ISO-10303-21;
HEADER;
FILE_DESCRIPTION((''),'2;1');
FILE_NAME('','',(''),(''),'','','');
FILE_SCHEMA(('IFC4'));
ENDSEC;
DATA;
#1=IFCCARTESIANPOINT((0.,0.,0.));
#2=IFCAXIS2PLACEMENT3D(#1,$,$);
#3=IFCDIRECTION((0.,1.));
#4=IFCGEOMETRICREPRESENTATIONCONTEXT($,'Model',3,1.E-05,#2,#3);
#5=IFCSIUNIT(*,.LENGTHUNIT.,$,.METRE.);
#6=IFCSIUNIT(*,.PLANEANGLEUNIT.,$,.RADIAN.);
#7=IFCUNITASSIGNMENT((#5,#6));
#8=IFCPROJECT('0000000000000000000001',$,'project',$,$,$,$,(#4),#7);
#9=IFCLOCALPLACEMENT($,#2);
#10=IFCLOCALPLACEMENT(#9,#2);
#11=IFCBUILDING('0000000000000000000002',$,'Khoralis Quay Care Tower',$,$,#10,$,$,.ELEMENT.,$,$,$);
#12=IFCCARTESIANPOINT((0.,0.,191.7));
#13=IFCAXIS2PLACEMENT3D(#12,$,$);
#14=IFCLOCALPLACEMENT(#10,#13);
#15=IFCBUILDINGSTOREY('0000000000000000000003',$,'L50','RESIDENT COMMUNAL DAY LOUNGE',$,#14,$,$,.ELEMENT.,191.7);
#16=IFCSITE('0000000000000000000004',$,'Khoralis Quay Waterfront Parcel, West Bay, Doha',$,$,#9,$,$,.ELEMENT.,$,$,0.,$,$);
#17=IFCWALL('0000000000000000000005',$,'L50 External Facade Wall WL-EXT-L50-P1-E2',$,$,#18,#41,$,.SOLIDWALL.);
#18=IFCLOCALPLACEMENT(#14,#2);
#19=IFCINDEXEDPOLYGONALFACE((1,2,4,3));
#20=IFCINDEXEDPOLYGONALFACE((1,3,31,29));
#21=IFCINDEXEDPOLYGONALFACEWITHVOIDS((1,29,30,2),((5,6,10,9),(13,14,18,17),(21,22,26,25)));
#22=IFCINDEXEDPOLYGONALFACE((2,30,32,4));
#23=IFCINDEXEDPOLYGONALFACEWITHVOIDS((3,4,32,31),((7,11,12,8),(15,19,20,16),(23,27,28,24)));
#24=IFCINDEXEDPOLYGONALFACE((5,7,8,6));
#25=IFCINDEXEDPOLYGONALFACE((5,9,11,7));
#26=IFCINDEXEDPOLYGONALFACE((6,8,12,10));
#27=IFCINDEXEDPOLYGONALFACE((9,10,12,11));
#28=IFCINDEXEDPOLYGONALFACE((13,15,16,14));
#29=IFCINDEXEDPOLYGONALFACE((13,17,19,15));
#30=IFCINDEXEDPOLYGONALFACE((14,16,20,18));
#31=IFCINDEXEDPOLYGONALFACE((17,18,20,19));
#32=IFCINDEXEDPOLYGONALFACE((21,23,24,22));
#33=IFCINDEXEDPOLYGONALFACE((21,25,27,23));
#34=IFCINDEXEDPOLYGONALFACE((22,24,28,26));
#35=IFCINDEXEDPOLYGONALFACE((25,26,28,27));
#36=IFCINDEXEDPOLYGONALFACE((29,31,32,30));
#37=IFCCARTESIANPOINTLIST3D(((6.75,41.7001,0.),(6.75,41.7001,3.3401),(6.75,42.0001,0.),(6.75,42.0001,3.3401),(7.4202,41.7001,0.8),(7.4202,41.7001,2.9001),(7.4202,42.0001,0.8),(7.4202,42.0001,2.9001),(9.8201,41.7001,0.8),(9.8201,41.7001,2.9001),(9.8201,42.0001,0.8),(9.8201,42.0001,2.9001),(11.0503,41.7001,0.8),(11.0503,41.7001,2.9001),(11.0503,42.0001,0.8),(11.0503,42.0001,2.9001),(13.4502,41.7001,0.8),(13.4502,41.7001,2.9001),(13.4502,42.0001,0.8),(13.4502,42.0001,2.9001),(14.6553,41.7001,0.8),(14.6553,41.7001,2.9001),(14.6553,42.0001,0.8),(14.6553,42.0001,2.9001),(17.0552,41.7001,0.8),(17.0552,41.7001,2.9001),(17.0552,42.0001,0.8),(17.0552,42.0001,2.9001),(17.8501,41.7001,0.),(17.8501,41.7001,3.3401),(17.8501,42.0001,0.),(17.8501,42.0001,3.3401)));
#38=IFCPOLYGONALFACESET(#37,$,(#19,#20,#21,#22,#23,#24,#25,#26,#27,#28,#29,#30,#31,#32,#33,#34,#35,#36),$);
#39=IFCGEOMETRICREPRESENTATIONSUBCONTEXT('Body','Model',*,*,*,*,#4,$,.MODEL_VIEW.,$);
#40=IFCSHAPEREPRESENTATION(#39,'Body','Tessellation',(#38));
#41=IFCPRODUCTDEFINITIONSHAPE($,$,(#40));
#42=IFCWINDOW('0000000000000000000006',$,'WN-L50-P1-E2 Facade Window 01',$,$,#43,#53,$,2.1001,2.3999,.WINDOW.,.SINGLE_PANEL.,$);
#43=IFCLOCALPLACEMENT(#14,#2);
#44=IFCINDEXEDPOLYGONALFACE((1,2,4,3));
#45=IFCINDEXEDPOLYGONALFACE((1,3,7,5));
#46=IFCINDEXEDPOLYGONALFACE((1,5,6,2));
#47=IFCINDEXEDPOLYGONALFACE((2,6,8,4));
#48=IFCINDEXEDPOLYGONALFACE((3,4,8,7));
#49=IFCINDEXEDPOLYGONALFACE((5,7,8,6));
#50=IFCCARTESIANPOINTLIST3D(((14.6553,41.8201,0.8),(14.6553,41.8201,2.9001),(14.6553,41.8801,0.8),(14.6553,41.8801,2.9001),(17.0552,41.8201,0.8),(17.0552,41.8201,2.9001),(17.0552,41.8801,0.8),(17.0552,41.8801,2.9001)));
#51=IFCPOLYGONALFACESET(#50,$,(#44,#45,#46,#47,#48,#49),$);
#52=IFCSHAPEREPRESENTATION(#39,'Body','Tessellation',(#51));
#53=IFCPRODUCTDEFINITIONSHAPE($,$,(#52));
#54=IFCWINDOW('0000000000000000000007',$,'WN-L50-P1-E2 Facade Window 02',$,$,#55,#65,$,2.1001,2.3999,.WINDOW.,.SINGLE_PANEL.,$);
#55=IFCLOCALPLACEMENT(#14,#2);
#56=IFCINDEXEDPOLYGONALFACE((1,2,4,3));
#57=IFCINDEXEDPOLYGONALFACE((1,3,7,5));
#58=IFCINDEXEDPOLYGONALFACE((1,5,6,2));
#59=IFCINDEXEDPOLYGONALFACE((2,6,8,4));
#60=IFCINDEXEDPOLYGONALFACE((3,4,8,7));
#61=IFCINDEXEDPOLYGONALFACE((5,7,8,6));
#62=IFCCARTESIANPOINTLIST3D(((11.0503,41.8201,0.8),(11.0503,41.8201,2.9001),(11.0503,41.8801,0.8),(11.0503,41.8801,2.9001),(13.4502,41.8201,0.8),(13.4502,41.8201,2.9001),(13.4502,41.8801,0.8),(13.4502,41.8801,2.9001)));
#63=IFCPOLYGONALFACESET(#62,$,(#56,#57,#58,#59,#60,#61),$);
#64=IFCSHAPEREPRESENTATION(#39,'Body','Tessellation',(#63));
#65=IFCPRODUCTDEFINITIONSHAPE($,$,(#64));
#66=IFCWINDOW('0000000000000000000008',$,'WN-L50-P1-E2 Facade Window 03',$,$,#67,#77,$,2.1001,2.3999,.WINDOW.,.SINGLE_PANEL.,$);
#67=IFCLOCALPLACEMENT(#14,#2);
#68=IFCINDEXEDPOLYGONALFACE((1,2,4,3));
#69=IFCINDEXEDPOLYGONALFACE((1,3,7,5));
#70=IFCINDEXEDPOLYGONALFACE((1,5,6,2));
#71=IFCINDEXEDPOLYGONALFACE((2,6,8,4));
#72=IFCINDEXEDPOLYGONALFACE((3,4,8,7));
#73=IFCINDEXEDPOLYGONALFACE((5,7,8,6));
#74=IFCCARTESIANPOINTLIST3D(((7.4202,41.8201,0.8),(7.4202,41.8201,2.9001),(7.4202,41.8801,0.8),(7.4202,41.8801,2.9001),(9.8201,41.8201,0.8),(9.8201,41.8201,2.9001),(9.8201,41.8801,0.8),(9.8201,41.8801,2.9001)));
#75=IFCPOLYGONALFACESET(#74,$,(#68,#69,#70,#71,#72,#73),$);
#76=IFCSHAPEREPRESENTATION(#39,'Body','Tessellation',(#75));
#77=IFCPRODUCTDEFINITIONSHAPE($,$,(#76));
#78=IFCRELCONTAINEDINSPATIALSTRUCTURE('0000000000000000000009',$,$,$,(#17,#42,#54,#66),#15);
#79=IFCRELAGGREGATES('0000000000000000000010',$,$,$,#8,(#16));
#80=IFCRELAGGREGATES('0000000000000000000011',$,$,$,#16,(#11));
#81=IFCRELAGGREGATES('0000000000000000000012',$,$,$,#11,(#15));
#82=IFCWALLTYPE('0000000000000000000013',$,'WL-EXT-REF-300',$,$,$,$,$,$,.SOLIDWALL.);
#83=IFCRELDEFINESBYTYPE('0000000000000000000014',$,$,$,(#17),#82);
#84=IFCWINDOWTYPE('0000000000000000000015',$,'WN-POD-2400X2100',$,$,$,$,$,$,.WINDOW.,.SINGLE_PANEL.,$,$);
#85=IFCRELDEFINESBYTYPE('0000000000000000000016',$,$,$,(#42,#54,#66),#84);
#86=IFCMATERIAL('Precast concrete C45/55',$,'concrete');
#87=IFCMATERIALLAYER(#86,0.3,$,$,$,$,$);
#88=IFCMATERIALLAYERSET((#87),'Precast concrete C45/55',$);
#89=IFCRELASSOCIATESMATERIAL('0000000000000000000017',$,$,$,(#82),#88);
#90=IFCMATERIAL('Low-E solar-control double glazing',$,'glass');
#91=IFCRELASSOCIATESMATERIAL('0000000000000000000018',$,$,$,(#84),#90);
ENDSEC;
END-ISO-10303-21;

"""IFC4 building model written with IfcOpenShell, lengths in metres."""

from ifc_helpers import new_model, si_unit, direction, frame, frame_2d, origin, place, context, subcontext, project, spatial, rectangle, extrude, source, transform, mapped, material, layer, layer_set, type_object, element, fill, save


model = new_model("IFC4")

# Units and contexts
model_context = context("Model", 3, precision=1e-05, world=origin(), true_north=direction((0.0, 1.0)))
body_context = subcontext(model_context, "Body", "Model", "MODEL_VIEW")
ifc_project = project(units=[si_unit("LENGTHUNIT", "METRE"), si_unit("PLANEANGLEUNIT", "RADIAN")], contexts=[model_context])

# Site, building, storey
site_placement = place(None, origin())
site = spatial("IfcSite", under=ifc_project, at=site_placement, Name="Khoralis Quay Waterfront Parcel, West Bay, Doha", CompositionType="ELEMENT", RefElevation=0.0)
building_placement = place(site_placement, origin())
building = spatial("IfcBuilding", under=site, at=building_placement, Name="Khoralis Quay Care Tower", CompositionType="ELEMENT")
storey_placement = place(building_placement, frame((0.0, 0.0, 191.7)))
storey = spatial("IfcBuildingStorey", under=building, at=storey_placement, Name="L50", Description="RESIDENT COMMUNAL DAY LOUNGE", CompositionType="ELEMENT", Elevation=191.7)

# Shared definitions
ifc_material_1 = material(Name="Low-E solar-control double glazing", Category="glass")

# Wall, openings, windows
ifc_material_2 = material(Name="Precast concrete C45/55", Category="concrete")
ifc_layer_1 = layer(ifc_material_2, 0.3)
ifc_layer_set_1 = layer_set([ifc_layer_1], Name="Precast concrete C45/55")
wall_type = type_object("IfcWallType", Name="WL-EXT-REF-300", PredefinedType="SOLIDWALL", material=ifc_layer_set_1)
wall_placement = place(storey_placement, frame((17.8501, 41.8501, 0.0), z_axis=(0.0, 0.0, 1.0), x_axis=(-1.0, 0.0, 0.0)))
wall = element("IfcWall", 1, at=wall_placement, inside=storey, type_object=wall_type, Name="L50 External Facade Wall WL-EXT-L50-P1-E2", PredefinedType="SOLIDWALL", context=body_context, shape_type="SweptSolid", body=[
    extrude(rectangle(XDim=11.1001, YDim=0.3, at=frame_2d((5.55, 0.0))), origin(), (0.0, 0.0, 1.0), 3.3401),
])
opening_1_placement = place(wall_placement, frame((0.7949, 0.0, 0.8)))
opening_1 = element("IfcOpeningElement", 2, at=opening_1_placement, cuts=wall, PredefinedType="OPENING", context=body_context, shape_type="SweptSolid", body=[
    extrude(rectangle(XDim=2.3999, YDim=2.1001, at=frame_2d((1.2, 1.05))), frame((0.0, 0.1602, 0.0), z_axis=(0.0, -1.0, 0.0), x_axis=(1.0, 0.0, 0.0)), (0.0, 0.0, 1.0), 0.3201),
])
opening_2_placement = place(wall_placement, frame((4.3999, 0.0, 0.8)))
opening_2 = element("IfcOpeningElement", 3, at=opening_2_placement, cuts=wall, PredefinedType="OPENING", context=body_context, shape_type="SweptSolid", body=[
    extrude(rectangle(XDim=2.3999, YDim=2.1001, at=frame_2d((1.2, 1.05))), frame((0.0, 0.1602, 0.0), z_axis=(0.0, -1.0, 0.0), x_axis=(1.0, 0.0, 0.0)), (0.0, 0.0, 1.0), 0.3201),
])
opening_3_placement = place(wall_placement, frame((8.03, 0.0, 0.8)))
opening_3 = element("IfcOpeningElement", 4, at=opening_3_placement, cuts=wall, PredefinedType="OPENING", context=body_context, shape_type="SweptSolid", body=[
    extrude(rectangle(XDim=2.3999, YDim=2.1001, at=frame_2d((1.2, 1.05))), frame((0.0, 0.1602, 0.0), z_axis=(0.0, -1.0, 0.0), x_axis=(1.0, 0.0, 0.0)), (0.0, 0.0, 1.0), 0.3201),
])
window_type = type_object("IfcWindowType", Name="WN-POD-2400X2100", PartitioningType="SINGLE_PANEL", PredefinedType="WINDOW", material=ifc_material_1)
shared_shape_1 = source(origin(), body_context, "Body", "SweptSolid", [
    extrude(rectangle(XDim=2.3999, YDim=2.1001, at=frame_2d((1.2, 1.05))), frame((0.0, 0.03, 0.0), z_axis=(0.0, -1.0, 0.0), x_axis=(1.0, 0.0, 0.0)), (0.0, 0.0, 1.0), 0.0601),
])
window_1_placement = place(opening_1_placement, origin())
window_1 = element("IfcWindow", 5, at=window_1_placement, inside=storey, type_object=window_type, Name="WN-L50-P1-E2 Facade Window 01", OverallHeight=2.1001, OverallWidth=2.3999, PartitioningType="SINGLE_PANEL", PredefinedType="WINDOW", context=body_context, shape_type="MappedRepresentation", body=[
    mapped(shared_shape_1, transform((0.0, 0.0, 0.0), scale=1.0)),
])
fill(opening_1, window_1)
window_2_placement = place(opening_2_placement, origin())
window_2 = element("IfcWindow", 6, at=window_2_placement, inside=storey, type_object=window_type, Name="WN-L50-P1-E2 Facade Window 02", OverallHeight=2.1001, OverallWidth=2.3999, PartitioningType="SINGLE_PANEL", PredefinedType="WINDOW", context=body_context, shape_type="MappedRepresentation", body=[
    mapped(shared_shape_1, transform((0.0, 0.0, 0.0), scale=1.0)),
])
fill(opening_2, window_2)
window_3_placement = place(opening_3_placement, origin())
window_3 = element("IfcWindow", 7, at=window_3_placement, inside=storey, type_object=window_type, Name="WN-L50-P1-E2 Facade Window 03", OverallHeight=2.1001, OverallWidth=2.3999, PartitioningType="SINGLE_PANEL", PredefinedType="WINDOW", context=body_context, shape_type="MappedRepresentation", body=[
    mapped(shared_shape_1, transform((0.0, 0.0, 0.0), scale=1.0)),
])
fill(opening_3, window_3)

save(model, "model.ifc")
